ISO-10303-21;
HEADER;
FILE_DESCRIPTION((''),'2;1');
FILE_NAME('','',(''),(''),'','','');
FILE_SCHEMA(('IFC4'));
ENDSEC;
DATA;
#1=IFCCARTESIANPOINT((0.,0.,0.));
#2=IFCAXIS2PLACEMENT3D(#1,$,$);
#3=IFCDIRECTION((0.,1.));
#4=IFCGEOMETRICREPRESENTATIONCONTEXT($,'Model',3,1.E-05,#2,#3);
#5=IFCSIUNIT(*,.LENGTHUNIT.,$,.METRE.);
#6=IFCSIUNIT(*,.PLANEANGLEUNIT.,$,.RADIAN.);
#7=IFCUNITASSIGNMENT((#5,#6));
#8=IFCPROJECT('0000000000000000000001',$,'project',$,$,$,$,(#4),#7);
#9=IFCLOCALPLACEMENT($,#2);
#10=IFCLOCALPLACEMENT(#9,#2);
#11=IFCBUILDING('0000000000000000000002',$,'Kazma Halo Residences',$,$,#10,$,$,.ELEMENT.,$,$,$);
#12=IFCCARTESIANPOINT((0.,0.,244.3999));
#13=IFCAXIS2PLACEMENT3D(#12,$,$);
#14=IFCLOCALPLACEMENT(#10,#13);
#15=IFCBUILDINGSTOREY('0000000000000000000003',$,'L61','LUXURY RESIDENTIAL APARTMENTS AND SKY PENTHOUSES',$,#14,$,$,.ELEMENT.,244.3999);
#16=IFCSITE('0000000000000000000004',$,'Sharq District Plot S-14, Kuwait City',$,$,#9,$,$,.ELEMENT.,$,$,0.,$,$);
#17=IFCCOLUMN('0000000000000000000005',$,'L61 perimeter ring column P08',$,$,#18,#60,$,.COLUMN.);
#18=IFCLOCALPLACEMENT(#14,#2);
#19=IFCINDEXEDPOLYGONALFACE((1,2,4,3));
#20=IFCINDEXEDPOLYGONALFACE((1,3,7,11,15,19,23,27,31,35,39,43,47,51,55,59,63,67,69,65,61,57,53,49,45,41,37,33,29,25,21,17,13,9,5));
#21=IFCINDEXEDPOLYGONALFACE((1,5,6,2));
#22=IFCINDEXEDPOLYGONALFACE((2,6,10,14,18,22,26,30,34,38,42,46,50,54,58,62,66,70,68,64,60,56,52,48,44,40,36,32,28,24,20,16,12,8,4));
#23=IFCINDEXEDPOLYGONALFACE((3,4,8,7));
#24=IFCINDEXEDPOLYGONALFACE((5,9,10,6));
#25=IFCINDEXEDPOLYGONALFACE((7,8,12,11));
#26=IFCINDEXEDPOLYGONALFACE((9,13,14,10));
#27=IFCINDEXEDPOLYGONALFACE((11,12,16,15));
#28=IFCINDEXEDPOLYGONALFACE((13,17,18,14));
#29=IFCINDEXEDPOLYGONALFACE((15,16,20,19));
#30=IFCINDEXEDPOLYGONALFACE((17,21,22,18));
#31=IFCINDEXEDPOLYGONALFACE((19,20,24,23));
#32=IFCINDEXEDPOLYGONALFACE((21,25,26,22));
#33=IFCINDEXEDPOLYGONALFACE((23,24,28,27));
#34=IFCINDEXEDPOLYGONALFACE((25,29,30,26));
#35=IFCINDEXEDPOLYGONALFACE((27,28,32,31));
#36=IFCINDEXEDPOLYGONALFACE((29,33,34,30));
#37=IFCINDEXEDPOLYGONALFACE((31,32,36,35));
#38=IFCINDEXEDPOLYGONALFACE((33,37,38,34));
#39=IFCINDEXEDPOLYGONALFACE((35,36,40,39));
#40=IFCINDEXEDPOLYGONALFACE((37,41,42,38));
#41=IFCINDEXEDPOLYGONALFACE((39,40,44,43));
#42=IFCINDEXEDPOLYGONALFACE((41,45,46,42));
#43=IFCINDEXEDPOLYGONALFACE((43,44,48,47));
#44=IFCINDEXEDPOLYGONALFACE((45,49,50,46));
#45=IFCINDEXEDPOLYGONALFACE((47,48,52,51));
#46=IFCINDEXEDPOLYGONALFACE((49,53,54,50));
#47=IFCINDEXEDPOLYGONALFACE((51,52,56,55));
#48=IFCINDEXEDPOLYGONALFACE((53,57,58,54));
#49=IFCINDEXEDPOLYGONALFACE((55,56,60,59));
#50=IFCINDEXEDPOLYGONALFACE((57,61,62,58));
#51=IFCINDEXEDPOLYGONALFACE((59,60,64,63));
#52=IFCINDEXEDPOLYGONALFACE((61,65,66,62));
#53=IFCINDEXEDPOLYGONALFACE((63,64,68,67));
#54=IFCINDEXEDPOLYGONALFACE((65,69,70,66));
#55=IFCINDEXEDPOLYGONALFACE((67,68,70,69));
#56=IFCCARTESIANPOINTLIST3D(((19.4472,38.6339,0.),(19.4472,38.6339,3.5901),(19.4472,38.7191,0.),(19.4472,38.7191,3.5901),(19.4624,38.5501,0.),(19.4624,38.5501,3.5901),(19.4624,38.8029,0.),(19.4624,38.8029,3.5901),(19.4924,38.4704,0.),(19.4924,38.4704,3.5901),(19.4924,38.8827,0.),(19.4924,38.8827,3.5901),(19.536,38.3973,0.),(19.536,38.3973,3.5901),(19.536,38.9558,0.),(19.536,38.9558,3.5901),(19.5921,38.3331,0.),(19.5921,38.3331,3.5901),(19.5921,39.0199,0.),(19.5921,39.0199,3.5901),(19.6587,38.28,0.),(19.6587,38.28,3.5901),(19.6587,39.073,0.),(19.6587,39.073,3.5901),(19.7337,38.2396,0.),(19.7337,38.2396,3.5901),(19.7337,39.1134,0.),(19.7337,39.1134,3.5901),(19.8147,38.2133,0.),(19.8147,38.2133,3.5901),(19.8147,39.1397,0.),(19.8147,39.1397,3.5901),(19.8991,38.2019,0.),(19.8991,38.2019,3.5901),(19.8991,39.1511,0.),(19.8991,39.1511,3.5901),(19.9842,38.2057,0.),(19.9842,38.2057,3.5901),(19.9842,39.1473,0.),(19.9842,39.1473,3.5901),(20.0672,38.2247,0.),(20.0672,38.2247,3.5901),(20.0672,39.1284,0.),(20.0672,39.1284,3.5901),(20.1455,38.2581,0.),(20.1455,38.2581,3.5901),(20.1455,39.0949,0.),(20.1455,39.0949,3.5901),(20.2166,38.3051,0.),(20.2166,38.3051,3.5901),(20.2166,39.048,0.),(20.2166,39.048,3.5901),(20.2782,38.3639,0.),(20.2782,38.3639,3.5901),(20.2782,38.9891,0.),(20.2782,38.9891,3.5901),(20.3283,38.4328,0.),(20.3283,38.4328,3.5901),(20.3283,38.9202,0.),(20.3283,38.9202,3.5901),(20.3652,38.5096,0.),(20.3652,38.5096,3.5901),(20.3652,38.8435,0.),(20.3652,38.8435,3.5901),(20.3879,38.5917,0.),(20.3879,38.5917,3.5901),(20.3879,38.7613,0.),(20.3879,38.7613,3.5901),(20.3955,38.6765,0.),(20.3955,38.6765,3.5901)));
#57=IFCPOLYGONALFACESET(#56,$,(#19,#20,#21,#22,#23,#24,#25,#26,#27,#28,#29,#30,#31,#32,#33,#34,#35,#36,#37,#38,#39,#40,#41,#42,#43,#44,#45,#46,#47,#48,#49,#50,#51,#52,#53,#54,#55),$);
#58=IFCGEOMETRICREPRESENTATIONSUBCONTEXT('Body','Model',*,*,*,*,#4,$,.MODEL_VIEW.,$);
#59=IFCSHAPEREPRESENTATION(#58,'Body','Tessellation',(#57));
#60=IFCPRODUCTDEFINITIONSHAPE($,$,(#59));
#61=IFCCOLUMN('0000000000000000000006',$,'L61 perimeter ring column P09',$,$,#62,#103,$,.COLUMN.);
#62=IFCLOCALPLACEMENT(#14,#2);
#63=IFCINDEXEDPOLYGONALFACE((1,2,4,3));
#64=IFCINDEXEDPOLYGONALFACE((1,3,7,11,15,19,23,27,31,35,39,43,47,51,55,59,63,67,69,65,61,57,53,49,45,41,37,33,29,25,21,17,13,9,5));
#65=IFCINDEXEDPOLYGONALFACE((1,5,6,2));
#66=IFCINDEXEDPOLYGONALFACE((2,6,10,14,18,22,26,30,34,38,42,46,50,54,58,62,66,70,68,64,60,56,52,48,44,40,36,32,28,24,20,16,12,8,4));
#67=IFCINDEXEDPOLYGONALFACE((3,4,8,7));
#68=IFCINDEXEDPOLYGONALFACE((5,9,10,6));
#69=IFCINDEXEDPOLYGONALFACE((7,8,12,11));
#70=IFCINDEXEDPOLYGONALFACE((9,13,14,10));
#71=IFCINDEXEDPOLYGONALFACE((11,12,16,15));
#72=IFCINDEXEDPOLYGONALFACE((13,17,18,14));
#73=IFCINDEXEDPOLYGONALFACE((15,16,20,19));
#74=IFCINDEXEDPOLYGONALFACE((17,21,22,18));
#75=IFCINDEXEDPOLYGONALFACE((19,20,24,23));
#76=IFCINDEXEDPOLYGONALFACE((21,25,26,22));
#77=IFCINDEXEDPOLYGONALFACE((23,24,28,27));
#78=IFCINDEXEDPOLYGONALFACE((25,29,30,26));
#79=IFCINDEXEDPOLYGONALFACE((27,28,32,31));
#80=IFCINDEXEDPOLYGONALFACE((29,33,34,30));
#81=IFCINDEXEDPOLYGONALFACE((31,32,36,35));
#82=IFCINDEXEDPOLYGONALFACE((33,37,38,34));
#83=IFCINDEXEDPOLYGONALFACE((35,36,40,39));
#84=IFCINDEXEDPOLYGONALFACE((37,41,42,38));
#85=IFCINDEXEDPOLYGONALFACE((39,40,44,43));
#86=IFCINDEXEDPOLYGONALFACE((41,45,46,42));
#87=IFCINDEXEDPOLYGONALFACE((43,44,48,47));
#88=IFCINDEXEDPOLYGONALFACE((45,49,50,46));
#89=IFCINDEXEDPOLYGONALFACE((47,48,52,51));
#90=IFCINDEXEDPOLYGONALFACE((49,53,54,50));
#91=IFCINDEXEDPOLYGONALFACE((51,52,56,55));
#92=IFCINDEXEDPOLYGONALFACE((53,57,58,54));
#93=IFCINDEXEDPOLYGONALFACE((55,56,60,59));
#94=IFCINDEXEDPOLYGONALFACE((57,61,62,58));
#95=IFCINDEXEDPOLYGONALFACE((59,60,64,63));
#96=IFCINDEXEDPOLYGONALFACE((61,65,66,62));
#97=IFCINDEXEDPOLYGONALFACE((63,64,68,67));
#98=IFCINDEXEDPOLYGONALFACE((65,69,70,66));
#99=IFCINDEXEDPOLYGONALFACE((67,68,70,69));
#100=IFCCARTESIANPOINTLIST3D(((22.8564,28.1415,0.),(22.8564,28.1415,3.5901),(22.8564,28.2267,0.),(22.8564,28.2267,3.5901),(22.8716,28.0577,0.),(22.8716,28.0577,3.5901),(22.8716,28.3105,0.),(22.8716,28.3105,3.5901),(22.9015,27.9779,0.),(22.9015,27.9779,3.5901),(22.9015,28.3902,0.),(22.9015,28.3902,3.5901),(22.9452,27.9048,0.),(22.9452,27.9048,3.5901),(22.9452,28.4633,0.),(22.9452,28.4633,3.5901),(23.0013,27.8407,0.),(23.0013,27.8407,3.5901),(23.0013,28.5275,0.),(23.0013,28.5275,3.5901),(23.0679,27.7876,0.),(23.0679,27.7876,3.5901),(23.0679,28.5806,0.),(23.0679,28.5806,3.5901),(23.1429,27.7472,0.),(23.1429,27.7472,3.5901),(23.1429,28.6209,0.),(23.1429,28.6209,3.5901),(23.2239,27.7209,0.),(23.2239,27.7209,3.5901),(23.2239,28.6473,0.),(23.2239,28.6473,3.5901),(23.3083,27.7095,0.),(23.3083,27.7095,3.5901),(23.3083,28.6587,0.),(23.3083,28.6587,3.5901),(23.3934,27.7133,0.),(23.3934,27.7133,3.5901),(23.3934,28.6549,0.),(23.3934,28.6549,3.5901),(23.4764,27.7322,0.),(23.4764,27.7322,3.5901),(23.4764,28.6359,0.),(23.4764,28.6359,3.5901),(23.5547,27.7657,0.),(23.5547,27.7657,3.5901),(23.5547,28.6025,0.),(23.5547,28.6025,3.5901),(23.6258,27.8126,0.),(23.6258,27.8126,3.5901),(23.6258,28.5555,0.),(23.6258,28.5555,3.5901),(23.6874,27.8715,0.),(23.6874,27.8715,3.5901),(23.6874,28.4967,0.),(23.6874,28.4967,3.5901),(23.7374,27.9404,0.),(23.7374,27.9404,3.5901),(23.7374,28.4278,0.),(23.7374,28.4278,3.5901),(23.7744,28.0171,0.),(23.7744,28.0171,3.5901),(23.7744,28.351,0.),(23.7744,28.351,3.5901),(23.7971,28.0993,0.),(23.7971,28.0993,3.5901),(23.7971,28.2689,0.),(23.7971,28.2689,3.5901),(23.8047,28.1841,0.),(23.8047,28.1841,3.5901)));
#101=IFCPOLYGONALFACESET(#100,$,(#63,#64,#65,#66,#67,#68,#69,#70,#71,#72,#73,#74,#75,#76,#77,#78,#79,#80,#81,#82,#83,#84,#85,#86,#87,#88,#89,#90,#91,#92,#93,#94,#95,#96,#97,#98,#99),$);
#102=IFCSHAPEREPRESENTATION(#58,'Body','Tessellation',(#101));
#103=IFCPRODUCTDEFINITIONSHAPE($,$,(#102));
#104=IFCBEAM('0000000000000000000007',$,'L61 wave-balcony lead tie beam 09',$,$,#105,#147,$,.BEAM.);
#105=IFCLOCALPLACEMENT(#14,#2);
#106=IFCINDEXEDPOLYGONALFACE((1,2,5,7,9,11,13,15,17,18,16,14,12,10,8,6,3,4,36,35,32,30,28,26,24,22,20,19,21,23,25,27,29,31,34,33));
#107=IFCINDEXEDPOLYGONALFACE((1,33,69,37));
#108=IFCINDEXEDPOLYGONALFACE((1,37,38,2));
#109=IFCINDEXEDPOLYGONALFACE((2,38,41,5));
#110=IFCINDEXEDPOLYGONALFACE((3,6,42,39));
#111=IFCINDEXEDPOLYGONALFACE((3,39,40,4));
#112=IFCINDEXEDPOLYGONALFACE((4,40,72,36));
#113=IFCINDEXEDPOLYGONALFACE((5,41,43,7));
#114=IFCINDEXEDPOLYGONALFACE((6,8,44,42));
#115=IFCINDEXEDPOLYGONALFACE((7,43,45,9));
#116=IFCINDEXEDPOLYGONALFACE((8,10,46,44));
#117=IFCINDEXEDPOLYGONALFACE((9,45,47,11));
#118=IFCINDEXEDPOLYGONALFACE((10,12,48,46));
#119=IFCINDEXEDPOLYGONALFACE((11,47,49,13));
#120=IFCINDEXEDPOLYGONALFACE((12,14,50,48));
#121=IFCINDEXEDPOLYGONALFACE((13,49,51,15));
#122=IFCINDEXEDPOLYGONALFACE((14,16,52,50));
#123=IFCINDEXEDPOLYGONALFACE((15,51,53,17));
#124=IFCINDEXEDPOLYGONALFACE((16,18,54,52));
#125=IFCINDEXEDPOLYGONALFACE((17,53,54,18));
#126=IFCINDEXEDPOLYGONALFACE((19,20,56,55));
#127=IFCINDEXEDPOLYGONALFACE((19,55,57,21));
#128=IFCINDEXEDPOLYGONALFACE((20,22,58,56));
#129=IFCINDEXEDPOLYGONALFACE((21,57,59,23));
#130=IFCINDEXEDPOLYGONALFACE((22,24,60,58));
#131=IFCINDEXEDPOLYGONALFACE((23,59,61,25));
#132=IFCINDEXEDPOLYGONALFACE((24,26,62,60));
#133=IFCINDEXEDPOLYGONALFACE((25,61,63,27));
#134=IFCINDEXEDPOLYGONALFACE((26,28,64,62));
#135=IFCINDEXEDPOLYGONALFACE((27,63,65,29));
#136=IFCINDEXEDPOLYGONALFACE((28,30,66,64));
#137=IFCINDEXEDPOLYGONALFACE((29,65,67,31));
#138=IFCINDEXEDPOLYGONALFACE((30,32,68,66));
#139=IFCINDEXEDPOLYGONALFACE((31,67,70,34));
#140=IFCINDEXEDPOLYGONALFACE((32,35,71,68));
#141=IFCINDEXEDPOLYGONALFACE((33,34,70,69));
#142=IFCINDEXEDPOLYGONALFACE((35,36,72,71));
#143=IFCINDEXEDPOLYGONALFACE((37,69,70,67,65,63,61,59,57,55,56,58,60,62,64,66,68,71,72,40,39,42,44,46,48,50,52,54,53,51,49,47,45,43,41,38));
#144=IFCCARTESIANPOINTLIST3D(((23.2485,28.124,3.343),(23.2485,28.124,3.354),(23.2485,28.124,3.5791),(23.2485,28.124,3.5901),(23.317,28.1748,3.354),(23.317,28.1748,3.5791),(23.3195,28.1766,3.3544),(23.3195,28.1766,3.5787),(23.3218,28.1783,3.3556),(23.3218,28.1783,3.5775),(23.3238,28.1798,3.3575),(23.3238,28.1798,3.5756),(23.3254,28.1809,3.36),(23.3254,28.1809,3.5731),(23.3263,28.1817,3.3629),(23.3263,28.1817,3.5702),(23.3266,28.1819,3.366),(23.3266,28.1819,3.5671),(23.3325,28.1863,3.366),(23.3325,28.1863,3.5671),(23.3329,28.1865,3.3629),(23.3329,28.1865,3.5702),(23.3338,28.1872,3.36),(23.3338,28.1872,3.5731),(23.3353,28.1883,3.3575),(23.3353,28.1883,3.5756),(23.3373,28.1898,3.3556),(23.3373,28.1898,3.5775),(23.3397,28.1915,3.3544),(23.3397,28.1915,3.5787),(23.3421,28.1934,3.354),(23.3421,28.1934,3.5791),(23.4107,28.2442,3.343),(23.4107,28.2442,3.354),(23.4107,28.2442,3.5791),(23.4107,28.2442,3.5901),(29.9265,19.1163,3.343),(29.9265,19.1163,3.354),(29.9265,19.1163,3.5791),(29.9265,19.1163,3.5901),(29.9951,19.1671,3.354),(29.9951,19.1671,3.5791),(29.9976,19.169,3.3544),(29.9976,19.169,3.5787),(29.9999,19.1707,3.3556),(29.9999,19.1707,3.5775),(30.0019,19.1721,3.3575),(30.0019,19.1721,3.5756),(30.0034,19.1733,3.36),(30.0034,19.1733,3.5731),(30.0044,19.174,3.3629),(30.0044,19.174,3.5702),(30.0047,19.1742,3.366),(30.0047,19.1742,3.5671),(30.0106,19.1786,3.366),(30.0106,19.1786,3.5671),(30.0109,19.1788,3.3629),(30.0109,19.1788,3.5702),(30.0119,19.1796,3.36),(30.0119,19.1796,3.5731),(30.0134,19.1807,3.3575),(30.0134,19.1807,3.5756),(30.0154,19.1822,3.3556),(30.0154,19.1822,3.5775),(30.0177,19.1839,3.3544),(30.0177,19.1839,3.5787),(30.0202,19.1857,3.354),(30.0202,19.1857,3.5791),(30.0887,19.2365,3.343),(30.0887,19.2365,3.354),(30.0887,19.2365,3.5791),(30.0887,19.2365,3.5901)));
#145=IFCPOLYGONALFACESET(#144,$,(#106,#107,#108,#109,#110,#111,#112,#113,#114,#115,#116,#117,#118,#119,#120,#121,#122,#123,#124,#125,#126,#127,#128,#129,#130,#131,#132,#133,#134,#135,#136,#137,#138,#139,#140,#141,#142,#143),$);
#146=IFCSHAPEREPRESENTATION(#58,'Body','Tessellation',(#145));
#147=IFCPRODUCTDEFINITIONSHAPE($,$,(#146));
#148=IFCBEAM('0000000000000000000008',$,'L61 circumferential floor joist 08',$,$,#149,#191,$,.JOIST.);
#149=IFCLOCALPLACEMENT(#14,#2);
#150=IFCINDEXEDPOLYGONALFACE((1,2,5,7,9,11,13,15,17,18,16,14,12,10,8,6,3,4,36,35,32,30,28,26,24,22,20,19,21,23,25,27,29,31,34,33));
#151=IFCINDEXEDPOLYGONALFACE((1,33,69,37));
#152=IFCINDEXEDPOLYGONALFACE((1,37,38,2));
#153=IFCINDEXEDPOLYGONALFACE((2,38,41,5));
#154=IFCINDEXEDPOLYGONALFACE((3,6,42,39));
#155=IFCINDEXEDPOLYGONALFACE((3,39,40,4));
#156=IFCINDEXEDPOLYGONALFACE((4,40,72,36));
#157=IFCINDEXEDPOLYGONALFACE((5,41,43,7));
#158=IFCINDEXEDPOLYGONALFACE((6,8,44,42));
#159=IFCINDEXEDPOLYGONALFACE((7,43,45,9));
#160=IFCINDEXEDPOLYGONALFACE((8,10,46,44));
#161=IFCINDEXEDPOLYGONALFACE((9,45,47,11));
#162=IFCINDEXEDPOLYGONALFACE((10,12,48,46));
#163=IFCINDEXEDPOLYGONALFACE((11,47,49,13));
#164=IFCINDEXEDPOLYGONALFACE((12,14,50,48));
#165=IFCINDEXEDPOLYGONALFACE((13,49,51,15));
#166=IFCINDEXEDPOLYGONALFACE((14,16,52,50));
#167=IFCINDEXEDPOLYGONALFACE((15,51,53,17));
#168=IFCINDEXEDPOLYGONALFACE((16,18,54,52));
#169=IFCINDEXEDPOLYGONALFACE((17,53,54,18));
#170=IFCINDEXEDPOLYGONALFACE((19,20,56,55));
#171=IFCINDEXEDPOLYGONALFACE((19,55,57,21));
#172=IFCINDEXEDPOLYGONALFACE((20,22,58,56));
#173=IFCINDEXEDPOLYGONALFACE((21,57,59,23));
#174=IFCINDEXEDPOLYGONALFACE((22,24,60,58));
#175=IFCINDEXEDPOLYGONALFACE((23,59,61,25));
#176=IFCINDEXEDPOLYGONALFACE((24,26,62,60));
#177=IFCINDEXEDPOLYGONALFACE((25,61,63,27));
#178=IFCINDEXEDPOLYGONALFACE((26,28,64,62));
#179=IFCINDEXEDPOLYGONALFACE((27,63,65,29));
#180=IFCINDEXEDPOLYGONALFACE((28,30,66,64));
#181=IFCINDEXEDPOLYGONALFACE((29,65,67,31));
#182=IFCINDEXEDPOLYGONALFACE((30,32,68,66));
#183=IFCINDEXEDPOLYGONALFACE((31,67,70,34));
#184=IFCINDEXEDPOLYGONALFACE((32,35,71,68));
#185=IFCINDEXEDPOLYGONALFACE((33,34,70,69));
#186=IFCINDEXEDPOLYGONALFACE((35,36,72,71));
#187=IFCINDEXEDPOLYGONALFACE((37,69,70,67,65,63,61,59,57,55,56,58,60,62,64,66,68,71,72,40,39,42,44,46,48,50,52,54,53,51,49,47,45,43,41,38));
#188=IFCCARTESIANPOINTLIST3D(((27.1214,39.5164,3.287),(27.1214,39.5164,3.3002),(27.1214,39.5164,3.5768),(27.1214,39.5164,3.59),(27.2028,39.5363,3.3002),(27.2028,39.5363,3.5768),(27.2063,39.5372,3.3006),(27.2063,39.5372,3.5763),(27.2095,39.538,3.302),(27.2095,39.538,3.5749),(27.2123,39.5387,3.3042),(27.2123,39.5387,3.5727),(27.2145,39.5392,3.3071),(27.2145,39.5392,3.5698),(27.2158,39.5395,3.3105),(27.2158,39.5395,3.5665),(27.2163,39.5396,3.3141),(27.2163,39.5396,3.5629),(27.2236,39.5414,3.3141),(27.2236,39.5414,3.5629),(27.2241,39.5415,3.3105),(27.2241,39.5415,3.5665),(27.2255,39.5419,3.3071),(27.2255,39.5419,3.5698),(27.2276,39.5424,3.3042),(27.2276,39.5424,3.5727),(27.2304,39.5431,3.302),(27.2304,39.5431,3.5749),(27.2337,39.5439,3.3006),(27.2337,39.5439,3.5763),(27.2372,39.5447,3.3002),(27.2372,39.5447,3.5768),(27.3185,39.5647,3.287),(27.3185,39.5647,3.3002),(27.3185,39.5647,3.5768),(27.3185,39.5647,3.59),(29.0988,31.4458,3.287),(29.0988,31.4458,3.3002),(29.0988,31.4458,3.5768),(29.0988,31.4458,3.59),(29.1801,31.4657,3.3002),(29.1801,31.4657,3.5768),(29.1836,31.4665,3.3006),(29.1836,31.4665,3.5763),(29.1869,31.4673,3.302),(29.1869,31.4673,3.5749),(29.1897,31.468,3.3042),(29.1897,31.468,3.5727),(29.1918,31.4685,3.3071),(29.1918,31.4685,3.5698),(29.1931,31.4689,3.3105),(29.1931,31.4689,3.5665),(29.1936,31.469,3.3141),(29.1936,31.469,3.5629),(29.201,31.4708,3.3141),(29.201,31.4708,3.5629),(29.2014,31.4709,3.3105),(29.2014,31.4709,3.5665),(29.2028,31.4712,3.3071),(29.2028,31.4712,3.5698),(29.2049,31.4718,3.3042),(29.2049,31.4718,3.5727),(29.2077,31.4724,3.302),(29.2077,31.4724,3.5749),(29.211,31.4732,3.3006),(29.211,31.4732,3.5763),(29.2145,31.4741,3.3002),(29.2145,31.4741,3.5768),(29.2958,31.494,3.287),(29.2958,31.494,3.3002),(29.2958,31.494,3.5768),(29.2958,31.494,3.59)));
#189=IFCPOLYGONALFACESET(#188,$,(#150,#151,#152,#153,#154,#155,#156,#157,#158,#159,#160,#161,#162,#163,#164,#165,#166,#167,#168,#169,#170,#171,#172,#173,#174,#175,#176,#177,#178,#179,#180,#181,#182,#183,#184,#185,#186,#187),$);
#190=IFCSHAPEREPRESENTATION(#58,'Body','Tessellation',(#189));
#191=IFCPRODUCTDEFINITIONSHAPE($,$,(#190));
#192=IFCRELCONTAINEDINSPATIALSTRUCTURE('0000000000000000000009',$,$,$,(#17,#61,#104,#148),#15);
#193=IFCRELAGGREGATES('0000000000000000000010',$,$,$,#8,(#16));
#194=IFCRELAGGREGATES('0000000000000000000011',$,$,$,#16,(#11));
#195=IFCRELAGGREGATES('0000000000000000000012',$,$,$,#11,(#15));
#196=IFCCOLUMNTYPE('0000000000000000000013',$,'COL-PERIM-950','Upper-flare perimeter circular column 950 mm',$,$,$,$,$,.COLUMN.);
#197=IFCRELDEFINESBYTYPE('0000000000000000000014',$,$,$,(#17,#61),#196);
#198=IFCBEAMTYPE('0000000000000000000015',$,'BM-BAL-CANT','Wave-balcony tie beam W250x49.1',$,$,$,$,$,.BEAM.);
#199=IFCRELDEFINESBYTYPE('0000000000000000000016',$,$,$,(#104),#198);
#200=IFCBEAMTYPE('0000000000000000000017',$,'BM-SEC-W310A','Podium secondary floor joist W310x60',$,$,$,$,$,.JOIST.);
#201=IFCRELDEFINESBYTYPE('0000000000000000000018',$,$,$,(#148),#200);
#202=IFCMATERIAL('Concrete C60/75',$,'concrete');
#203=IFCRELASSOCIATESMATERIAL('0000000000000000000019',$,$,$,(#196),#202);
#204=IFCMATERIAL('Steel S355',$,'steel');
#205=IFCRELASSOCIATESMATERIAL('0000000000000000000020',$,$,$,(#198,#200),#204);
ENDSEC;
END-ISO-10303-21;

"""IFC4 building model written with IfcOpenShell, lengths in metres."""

from ifc_helpers import new_model, si_unit, direction, frame, origin, origin_2d, place, context, subcontext, project, spatial, circle, i_section, extrude, material, material_profile, profile_set, type_object, element, save


model = new_model("IFC4")

# Units and contexts
model_context = context("Model", 3, precision=1e-05, world=origin(), true_north=direction((0.0, 1.0)))
body_context = subcontext(model_context, "Body", "Model", "MODEL_VIEW")
ifc_project = project(units=[si_unit("LENGTHUNIT", "METRE"), si_unit("PLANEANGLEUNIT", "RADIAN")], contexts=[model_context])

# Site, building, storey
site_placement = place(None, origin())
site = spatial("IfcSite", under=ifc_project, at=site_placement, Name="Sharq District Plot S-14, Kuwait City", CompositionType="ELEMENT", RefElevation=0.0)
building_placement = place(site_placement, origin())
building = spatial("IfcBuilding", under=site, at=building_placement, Name="Kazma Halo Residences", CompositionType="ELEMENT")
storey_placement = place(building_placement, frame((0.0, 0.0, 244.3999)))
storey = spatial("IfcBuildingStorey", under=building, at=storey_placement, Name="L61", Description="LUXURY RESIDENTIAL APARTMENTS AND SKY PENTHOUSES", CompositionType="ELEMENT", Elevation=244.3999)

# Columns
ifc_material_1 = material(Name="Concrete C60/75", Category="concrete")
ifc_material_profile_1 = material_profile(ifc_material_1, circle(Radius=0.4751, at=origin_2d()), Name="CIRC950")
ifc_profile_set_1 = profile_set([ifc_material_profile_1], Name="Concrete C60/75")
column_type = type_object("IfcColumnType", Name="COL-PERIM-950", Description="Upper-flare perimeter circular column 950 mm", PredefinedType="COLUMN", material=ifc_profile_set_1)
for number, where, z_axis, x_axis, name in (
    (1, (19.9204, 38.6765, 0.0), (0.0, 0.0, 1.0), (1.0, 0.0, 0.0), "L61 perimeter ring column P08"),
    (2, (23.3296, 28.1841, 0.0), (0.0, 0.0, 1.0), (1.0, 0.0, 0.0), "L61 perimeter ring column P09"),
):
    element("IfcColumn", number, at=place(storey_placement, frame(where, z_axis=z_axis, x_axis=x_axis)), inside=storey, type_object=column_type, Name=name, PredefinedType="COLUMN", context=body_context, shape_type="SweptSolid", body=[
        extrude(circle(Radius=0.4751, at=origin_2d()), origin(), (0.0, 0.0, 1.0), 3.5901),
    ])

# Beams
ifc_material_2 = material(Name="Steel S355", Category="steel")
ifc_material_profile_2 = material_profile(ifc_material_2, i_section(OverallWidth=0.2019, OverallDepth=0.2471, WebThickness=0.0073, FlangeThickness=0.011, FilletRadius=0.012, at=origin_2d()), Name="W250x49.1")
ifc_profile_set_2 = profile_set([ifc_material_profile_2], Name="Steel S355")
beam_type_1 = type_object("IfcBeamType", Name="BM-BAL-CANT", Description="Wave-balcony tie beam W250x49.1", PredefinedType="BEAM", material=ifc_profile_set_2)
beam_1_placement = place(storey_placement, frame((23.3296, 28.1841, 3.4666), z_axis=(0.595556, -0.803314, 0.0), x_axis=(0.803314, 0.595556, 0.0)))
element("IfcBeam", 3, at=beam_1_placement, inside=storey, type_object=beam_type_1, Name="L61 wave-balcony lead tie beam 09", PredefinedType="BEAM", context=body_context, shape_type="SweptSolid", body=[
    extrude(i_section(OverallWidth=0.2019, OverallDepth=0.2471, WebThickness=0.0073, FlangeThickness=0.011, FilletRadius=0.012, at=origin_2d()), origin(), (0.0, 0.0, 1.0), 11.2131),
])
ifc_material_profile_3 = material_profile(ifc_material_2, i_section(OverallWidth=0.2029, OverallDepth=0.303, WebThickness=0.0076, FlangeThickness=0.0132, FilletRadius=0.0139, at=origin_2d()), Name="W310x60")
ifc_profile_set_3 = profile_set([ifc_material_profile_3], Name="Steel S355")
beam_type_2 = type_object("IfcBeamType", Name="BM-SEC-W310A", Description="Podium secondary floor joist W310x60", PredefinedType="JOIST", material=ifc_profile_set_3)
beam_2_placement = place(storey_placement, frame((27.22, 39.5405, 3.4385), z_axis=(0.237963, -0.971274, 0.0), x_axis=(0.971274, 0.237963, 0.0)))
element("IfcBeam", 4, at=beam_2_placement, inside=storey, type_object=beam_type_2, Name="L61 circumferential floor joist 08", PredefinedType="JOIST", context=body_context, shape_type="SweptSolid", body=[
    extrude(i_section(OverallWidth=0.2029, OverallDepth=0.303, WebThickness=0.0076, FlangeThickness=0.0132, FilletRadius=0.0139, at=origin_2d()), origin(), (0.0, 0.0, 1.0), 8.3093),
])

save(model, "model.ifc")
